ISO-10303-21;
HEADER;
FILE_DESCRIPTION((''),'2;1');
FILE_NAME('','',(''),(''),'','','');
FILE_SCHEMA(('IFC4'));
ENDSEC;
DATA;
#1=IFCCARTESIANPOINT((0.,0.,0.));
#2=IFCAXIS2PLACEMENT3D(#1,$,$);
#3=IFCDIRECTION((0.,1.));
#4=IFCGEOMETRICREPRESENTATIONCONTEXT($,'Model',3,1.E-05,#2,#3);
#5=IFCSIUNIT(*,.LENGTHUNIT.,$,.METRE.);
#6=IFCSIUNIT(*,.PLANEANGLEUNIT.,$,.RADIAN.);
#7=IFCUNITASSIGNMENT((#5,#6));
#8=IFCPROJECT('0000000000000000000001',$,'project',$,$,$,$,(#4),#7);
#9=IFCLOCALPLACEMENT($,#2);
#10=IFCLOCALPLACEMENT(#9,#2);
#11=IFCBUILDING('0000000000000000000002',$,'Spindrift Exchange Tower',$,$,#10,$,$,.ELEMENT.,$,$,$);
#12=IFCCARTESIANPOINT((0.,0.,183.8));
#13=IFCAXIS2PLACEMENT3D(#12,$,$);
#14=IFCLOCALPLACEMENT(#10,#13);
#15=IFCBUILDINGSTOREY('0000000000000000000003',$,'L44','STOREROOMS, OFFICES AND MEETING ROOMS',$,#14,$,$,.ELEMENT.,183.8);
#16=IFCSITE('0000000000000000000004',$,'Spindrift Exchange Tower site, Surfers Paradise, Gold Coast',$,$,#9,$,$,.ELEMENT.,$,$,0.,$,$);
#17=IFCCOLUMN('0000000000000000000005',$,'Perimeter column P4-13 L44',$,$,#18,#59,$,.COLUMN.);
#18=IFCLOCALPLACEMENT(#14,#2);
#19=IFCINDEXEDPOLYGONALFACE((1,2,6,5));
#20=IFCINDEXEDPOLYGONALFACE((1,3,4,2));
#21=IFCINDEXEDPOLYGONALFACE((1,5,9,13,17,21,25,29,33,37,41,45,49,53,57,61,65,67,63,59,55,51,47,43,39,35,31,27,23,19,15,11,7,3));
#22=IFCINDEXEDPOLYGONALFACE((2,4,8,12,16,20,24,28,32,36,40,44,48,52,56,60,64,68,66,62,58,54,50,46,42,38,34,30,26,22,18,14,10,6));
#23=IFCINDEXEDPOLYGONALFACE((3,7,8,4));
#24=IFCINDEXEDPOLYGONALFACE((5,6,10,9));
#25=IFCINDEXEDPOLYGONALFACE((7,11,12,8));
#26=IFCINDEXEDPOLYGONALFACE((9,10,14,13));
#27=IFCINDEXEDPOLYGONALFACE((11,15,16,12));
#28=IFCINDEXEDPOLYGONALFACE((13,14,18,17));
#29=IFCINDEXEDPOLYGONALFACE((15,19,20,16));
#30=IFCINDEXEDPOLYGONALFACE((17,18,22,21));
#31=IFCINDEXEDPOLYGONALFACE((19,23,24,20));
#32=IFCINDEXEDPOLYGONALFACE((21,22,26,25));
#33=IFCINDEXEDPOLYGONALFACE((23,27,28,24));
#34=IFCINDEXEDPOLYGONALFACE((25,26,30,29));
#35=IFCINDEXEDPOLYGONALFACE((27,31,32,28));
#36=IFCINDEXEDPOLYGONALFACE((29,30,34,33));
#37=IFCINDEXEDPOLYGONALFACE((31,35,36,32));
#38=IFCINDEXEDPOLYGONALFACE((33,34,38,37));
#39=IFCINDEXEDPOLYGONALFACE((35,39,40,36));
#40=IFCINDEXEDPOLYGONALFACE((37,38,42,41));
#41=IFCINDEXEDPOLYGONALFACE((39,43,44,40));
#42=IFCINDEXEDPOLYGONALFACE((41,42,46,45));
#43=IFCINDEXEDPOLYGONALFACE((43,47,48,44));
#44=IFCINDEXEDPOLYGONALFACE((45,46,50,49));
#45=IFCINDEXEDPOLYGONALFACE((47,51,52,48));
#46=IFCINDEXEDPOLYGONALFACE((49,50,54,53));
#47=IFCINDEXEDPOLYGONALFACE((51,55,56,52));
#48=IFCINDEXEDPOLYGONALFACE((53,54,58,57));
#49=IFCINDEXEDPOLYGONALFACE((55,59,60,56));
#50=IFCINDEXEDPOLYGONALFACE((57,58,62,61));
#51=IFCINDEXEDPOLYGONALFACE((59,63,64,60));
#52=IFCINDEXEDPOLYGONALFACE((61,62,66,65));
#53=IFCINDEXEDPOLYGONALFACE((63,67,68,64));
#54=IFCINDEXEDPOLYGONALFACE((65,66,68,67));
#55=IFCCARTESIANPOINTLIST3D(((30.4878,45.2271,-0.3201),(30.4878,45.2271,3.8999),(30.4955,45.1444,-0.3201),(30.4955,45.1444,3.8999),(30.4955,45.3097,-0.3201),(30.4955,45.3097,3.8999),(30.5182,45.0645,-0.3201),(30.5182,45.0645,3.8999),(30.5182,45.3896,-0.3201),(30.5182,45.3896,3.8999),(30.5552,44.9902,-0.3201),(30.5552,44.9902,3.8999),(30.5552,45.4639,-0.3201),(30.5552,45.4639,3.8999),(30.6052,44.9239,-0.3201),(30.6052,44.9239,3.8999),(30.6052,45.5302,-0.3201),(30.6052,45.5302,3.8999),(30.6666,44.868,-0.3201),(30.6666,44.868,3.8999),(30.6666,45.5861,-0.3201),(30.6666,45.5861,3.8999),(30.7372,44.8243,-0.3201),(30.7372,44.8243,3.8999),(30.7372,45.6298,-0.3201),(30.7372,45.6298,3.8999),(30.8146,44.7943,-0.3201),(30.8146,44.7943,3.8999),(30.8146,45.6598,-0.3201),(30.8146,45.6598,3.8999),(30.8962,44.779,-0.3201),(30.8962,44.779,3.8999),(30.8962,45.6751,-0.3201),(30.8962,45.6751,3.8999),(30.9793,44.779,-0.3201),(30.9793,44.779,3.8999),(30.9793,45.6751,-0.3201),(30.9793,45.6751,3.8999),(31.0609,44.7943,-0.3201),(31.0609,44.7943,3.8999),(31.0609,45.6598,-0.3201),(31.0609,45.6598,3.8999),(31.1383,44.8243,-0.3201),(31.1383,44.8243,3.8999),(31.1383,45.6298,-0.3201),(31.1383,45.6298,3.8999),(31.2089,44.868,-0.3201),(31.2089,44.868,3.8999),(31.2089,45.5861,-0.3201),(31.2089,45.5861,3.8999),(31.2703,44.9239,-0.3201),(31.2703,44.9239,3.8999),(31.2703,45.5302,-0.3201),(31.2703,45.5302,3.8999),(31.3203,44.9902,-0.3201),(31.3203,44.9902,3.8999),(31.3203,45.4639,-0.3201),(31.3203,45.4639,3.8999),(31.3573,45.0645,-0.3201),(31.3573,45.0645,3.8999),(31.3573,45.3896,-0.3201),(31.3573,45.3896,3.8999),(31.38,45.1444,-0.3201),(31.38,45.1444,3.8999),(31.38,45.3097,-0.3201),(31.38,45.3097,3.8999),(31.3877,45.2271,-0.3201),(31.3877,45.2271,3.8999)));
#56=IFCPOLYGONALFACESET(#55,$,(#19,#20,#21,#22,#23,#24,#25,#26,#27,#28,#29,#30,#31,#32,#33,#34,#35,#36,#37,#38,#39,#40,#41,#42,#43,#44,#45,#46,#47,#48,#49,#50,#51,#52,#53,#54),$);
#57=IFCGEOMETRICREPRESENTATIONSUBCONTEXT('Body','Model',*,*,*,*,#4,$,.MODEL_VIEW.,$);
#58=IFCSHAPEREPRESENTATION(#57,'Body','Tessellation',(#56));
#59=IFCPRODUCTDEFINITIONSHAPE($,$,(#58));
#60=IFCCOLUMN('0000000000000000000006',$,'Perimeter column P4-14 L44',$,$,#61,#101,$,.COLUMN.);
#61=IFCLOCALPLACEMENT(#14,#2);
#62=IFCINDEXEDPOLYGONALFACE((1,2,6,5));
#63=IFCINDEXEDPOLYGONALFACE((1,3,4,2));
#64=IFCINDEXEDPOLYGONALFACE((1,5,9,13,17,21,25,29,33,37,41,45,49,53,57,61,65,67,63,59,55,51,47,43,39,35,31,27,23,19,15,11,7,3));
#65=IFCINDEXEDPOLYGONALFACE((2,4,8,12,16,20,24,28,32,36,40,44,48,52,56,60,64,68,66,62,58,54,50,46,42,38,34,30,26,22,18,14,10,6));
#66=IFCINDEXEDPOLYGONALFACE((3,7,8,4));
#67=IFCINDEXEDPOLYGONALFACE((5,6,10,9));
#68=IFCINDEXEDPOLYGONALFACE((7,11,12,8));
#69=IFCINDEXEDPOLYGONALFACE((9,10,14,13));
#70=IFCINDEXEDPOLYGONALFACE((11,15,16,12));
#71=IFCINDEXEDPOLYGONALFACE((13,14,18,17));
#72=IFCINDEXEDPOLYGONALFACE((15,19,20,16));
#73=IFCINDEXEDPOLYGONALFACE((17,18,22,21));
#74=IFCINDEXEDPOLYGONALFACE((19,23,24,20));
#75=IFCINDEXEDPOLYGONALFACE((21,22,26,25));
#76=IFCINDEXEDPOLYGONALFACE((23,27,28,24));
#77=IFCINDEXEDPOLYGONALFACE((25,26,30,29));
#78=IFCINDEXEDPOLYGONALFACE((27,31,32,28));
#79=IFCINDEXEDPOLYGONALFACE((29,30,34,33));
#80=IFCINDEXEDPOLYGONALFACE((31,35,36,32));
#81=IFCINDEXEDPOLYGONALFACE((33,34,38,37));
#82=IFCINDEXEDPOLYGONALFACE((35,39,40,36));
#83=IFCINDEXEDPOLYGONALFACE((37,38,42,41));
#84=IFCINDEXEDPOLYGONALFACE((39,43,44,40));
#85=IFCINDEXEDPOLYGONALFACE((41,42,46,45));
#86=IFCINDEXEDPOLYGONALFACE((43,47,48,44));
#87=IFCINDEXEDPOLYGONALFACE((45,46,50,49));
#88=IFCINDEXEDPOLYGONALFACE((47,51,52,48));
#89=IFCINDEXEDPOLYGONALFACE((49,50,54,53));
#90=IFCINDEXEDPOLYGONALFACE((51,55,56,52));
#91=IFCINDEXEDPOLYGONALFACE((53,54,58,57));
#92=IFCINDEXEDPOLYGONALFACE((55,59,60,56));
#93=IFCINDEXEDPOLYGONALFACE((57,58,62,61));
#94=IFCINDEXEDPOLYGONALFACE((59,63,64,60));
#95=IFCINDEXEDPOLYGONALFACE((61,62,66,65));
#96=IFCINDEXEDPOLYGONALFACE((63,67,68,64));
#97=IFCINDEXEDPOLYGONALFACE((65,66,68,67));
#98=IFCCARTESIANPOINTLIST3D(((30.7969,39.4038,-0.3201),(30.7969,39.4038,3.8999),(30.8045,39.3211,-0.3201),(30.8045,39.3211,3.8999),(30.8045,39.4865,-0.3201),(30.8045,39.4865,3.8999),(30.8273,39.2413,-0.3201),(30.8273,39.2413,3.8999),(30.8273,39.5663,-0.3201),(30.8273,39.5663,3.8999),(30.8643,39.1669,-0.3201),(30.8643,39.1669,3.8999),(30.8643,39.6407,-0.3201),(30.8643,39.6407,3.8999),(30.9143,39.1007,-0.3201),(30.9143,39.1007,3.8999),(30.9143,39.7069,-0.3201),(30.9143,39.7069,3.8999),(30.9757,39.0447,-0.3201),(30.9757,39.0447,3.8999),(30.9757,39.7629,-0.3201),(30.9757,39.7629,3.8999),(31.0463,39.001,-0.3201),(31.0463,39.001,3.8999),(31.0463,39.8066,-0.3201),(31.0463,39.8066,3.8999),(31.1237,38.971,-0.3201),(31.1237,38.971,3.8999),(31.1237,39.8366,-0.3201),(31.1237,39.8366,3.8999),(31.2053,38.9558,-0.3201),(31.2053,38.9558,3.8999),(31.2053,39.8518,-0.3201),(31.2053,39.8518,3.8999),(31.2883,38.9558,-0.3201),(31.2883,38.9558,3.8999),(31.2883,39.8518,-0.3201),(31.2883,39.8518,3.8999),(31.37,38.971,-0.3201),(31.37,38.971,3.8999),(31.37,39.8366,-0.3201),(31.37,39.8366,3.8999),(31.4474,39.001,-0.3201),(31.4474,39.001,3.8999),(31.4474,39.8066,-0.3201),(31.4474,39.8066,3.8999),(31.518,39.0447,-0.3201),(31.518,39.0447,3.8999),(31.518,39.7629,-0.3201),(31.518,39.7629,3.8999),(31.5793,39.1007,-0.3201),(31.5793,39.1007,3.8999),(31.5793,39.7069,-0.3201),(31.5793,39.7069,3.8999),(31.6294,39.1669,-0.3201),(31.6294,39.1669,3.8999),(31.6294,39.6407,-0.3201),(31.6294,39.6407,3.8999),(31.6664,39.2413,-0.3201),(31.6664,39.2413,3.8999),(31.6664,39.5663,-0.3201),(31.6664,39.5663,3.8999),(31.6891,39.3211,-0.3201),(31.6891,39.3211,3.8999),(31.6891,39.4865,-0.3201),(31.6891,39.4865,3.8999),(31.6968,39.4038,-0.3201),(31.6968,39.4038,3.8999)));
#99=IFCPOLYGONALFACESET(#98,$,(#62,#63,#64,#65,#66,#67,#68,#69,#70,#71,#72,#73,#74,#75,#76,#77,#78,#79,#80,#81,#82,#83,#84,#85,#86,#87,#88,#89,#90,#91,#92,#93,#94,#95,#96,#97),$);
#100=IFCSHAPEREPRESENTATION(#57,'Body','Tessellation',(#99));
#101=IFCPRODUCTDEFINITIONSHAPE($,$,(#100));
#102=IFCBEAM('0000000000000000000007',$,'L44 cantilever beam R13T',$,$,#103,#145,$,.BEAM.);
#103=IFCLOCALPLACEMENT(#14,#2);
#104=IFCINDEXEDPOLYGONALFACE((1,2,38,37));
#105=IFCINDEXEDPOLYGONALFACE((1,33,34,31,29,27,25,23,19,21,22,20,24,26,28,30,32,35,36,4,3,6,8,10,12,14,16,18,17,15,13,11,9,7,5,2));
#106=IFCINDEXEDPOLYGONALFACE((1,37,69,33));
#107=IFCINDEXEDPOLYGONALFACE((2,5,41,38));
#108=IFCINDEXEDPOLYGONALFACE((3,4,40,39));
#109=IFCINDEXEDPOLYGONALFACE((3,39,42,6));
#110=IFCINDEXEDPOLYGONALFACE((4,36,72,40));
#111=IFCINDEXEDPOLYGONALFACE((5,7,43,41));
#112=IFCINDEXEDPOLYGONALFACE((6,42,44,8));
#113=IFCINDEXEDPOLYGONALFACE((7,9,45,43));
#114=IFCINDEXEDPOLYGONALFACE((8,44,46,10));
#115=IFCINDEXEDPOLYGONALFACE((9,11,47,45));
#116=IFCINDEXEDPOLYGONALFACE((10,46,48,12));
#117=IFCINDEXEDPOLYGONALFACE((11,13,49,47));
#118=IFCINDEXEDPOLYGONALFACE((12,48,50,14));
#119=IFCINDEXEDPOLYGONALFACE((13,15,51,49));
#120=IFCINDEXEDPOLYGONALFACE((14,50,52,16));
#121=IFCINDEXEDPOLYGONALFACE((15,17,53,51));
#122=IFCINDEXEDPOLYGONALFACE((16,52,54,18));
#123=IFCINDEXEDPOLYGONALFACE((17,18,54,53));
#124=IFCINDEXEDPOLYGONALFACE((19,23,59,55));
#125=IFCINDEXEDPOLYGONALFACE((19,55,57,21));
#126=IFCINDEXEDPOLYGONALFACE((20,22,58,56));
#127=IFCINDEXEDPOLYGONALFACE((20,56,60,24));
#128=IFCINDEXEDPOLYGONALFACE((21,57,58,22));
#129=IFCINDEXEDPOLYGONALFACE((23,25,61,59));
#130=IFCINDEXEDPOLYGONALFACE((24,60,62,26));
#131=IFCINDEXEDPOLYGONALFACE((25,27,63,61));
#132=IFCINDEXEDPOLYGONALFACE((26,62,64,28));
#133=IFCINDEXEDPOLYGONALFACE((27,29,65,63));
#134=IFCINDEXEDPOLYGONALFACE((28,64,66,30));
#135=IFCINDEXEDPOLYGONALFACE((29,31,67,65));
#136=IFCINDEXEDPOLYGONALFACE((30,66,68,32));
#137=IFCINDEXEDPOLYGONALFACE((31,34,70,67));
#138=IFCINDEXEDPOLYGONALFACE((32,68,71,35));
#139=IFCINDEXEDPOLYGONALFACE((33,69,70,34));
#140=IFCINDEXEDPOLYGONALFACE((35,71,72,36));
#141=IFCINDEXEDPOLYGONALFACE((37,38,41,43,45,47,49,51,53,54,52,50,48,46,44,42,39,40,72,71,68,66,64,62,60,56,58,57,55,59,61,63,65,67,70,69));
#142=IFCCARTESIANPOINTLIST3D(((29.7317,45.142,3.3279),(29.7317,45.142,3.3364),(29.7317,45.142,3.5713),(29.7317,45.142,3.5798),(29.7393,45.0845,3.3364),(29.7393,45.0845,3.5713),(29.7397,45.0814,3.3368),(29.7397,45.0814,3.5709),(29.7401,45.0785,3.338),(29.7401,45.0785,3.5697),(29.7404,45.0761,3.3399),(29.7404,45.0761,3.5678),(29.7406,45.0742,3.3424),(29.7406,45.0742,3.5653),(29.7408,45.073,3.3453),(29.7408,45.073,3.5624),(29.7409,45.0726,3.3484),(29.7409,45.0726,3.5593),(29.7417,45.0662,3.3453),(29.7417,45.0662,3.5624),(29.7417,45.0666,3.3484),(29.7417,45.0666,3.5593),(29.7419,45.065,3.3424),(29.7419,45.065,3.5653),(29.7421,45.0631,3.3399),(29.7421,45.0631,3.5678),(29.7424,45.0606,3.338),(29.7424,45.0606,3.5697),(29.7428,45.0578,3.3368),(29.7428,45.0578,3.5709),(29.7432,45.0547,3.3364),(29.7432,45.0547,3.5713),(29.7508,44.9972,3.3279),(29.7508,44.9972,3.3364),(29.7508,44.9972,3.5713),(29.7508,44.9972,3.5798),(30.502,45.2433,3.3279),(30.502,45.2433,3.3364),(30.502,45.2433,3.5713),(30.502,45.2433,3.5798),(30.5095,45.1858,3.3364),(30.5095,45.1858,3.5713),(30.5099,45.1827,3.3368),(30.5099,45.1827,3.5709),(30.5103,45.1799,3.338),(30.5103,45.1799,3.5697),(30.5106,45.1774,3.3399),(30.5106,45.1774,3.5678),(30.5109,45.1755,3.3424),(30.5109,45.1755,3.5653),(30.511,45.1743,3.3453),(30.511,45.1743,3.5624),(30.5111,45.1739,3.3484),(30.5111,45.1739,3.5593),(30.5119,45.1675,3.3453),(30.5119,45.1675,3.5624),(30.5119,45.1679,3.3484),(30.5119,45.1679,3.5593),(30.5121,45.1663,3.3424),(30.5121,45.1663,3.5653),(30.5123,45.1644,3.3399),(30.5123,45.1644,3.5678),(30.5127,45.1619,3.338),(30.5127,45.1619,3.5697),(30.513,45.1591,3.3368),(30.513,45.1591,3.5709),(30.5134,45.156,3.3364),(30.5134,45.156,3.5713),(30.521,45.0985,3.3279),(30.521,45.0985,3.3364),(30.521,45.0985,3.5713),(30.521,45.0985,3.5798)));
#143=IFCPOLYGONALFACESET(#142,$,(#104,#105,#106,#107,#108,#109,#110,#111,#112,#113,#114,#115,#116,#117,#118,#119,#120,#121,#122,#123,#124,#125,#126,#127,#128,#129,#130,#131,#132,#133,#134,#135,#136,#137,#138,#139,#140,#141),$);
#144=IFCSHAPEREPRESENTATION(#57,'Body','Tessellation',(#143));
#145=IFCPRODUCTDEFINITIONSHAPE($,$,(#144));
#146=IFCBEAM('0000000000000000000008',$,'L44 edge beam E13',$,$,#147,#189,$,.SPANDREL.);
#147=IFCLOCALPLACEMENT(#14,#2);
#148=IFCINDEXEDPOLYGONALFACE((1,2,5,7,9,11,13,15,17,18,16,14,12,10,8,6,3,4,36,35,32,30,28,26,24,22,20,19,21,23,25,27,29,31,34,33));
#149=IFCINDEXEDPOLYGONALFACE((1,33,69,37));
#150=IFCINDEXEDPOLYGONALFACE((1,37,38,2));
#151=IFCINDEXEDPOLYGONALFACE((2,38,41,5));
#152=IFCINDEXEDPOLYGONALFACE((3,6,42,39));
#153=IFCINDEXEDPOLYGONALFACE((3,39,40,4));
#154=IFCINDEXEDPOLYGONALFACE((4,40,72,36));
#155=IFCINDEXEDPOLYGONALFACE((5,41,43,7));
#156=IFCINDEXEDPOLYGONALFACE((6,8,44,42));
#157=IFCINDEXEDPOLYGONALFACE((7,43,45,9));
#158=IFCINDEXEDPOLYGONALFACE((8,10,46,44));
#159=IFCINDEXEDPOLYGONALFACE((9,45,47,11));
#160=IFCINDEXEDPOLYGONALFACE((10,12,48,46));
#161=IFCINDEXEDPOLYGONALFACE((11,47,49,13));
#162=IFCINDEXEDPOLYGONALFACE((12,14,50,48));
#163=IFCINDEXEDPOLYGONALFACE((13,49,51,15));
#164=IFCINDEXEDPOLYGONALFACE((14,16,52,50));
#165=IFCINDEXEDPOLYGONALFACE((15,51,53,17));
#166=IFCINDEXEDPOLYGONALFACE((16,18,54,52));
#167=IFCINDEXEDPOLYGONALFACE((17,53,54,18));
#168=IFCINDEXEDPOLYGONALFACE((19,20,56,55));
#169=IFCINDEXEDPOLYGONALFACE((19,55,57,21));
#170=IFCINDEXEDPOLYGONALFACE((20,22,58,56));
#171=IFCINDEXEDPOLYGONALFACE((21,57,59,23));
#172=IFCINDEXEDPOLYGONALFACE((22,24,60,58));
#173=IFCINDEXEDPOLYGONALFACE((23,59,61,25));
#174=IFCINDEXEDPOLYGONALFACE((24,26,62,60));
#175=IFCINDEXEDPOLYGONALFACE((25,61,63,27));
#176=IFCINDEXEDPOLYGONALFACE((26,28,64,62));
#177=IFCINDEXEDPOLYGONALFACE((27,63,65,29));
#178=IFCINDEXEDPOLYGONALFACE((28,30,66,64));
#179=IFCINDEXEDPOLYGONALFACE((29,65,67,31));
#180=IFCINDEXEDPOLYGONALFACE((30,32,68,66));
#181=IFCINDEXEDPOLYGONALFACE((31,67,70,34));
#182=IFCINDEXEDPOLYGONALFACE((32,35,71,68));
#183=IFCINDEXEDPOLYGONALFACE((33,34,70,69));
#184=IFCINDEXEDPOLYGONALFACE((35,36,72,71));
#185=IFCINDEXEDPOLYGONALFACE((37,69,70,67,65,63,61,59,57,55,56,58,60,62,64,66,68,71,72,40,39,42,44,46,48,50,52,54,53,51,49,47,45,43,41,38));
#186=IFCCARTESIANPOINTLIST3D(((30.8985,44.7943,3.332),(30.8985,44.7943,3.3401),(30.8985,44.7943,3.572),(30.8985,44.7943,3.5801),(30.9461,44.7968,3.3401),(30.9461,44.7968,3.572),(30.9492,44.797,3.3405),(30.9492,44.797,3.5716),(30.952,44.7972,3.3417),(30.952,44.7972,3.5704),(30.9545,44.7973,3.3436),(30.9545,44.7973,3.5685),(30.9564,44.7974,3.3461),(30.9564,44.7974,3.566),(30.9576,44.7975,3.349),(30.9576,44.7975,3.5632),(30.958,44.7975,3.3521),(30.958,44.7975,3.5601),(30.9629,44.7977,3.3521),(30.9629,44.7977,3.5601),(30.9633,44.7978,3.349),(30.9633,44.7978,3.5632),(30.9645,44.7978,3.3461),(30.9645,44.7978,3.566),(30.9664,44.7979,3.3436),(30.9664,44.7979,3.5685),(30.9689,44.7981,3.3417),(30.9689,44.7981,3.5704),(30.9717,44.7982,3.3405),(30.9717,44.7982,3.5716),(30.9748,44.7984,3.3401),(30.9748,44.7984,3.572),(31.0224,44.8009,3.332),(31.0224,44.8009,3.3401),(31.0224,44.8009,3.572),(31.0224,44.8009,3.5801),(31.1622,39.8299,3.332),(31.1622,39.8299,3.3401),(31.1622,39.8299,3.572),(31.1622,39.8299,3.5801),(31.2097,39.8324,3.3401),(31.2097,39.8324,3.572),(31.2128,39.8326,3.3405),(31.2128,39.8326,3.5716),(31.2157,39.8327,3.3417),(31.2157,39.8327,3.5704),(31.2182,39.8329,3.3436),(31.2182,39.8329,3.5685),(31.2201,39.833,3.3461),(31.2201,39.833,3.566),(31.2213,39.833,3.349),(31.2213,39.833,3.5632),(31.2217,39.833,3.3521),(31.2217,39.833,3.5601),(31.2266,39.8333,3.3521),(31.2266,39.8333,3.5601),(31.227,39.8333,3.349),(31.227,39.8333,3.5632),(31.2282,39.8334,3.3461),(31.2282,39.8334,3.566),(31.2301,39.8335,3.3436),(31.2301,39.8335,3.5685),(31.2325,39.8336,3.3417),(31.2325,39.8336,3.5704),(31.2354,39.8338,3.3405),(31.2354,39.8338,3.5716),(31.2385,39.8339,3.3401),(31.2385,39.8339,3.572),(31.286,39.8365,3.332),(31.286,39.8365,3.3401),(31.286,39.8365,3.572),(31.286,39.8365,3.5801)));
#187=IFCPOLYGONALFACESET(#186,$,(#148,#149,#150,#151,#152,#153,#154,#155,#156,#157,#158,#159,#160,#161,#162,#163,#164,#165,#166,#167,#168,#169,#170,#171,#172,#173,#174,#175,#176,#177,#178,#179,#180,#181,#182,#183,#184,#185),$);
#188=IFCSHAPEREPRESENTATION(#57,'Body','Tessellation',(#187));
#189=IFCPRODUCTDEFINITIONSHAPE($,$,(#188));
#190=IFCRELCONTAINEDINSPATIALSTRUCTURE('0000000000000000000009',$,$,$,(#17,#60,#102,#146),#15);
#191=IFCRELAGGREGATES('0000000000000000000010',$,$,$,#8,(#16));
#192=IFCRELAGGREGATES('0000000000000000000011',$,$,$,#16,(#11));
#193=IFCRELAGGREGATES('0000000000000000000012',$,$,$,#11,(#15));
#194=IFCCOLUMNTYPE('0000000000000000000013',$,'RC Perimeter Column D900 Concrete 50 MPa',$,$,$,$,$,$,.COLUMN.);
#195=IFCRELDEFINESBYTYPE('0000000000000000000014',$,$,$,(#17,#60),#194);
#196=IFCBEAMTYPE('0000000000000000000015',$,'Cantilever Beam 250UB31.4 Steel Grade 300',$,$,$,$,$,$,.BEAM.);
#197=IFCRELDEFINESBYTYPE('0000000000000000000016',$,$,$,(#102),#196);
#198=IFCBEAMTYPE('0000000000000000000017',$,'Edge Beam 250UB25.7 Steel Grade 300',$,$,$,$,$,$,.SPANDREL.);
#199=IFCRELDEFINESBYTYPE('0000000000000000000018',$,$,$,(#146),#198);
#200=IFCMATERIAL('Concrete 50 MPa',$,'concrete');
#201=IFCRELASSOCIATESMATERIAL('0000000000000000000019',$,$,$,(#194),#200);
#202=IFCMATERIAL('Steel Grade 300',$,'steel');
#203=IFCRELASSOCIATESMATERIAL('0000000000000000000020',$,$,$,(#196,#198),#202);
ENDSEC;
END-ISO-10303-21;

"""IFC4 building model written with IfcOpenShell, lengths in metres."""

from ifc_helpers import new_model, si_unit, direction, frame, origin, origin_2d, place, context, subcontext, project, spatial, circle, i_section, extrude, source, transform, mapped, material, material_profile, profile_set, type_object, element, save


model = new_model("IFC4")

# Units and contexts
model_context = context("Model", 3, precision=1e-05, world=origin(), true_north=direction((0.0, 1.0)))
body_context = subcontext(model_context, "Body", "Model", "MODEL_VIEW")
ifc_project = project(units=[si_unit("LENGTHUNIT", "METRE"), si_unit("PLANEANGLEUNIT", "RADIAN")], contexts=[model_context])

# Site, building, storey
site_placement = place(None, origin())
site = spatial("IfcSite", under=ifc_project, at=site_placement, Name="Spindrift Exchange Tower site, Surfers Paradise, Gold Coast", CompositionType="ELEMENT", RefElevation=0.0)
building_placement = place(site_placement, origin())
building = spatial("IfcBuilding", under=site, at=building_placement, Name="Spindrift Exchange Tower", CompositionType="ELEMENT")
storey_placement = place(building_placement, frame((0.0, 0.0, 183.8)))
storey = spatial("IfcBuildingStorey", under=building, at=storey_placement, Name="L44", Description="STOREROOMS, OFFICES AND MEETING ROOMS", CompositionType="ELEMENT", Elevation=183.8)

# Columns
ifc_material_1 = material(Name="Concrete 50 MPa", Category="concrete")
ifc_material_profile_1 = material_profile(ifc_material_1, circle(Radius=0.45, at=origin_2d()), Name="RC D900")
ifc_profile_set_1 = profile_set([ifc_material_profile_1], Name="Concrete 50 MPa")
column_type = type_object("IfcColumnType", Name="RC Perimeter Column D900 Concrete 50 MPa", PredefinedType="COLUMN", material=ifc_profile_set_1)
shared_shape_1 = source(origin(), body_context, "Body", "SweptSolid", [
    extrude(circle(Radius=0.45, at=origin_2d()), origin(), (0.0, 0.0, 1.0), 4.22),
])
for number, where, z_axis, x_axis, name in (
    (1, (30.9377, 45.2271, -0.3201), (0.0, 0.0, 1.0), (1.0, 0.0, 0.0), "Perimeter column P4-13 L44"),
    (2, (31.2468, 39.4038, -0.3201), (0.0, 0.0, 1.0), (1.0, 0.0, 0.0), "Perimeter column P4-14 L44"),
):
    element("IfcColumn", number, at=place(storey_placement, frame(where, z_axis=z_axis, x_axis=x_axis)), inside=storey, type_object=column_type, Name=name, PredefinedType="COLUMN", context=body_context, shape_type="MappedRepresentation", body=[
        mapped(shared_shape_1, transform((0.0, 0.0, 0.0), scale=1.0)),
    ])

# Beams
ifc_material_2 = material(Name="Steel Grade 300", Category="steel")
ifc_material_profile_2 = material_profile(ifc_material_2, i_section(OverallWidth=0.146, OverallDepth=0.252, WebThickness=0.0061, FlangeThickness=0.0085, FilletRadius=0.012, at=origin_2d()), Name="250UB31.4")
ifc_profile_set_2 = profile_set([ifc_material_profile_2], Name="Steel Grade 300")
beam_type_1 = type_object("IfcBeamType", Name="Cantilever Beam 250UB31.4 Steel Grade 300", PredefinedType="BEAM", material=ifc_profile_set_2)
shared_shape_2 = source(origin(), body_context, "Body", "SweptSolid", [
    extrude(i_section(OverallWidth=0.146, OverallDepth=0.252, WebThickness=0.0061, FlangeThickness=0.0085, FilletRadius=0.012, at=origin_2d()), origin(), (0.0, 0.0, 1.0), 0.7769),
])
beam_1_placement = place(storey_placement, frame((30.5115, 45.1709, 3.4539), z_axis=(-0.99146, -0.130414, 0.0), x_axis=(0.130414, -0.99146, 0.0)))
element("IfcBeam", 3, at=beam_1_placement, inside=storey, type_object=beam_type_1, Name="L44 cantilever beam R13T", PredefinedType="BEAM", context=body_context, shape_type="MappedRepresentation", body=[
    mapped(shared_shape_2, transform((0.0, 0.0, 0.0), scale=1.0)),
])
ifc_material_profile_3 = material_profile(ifc_material_2, i_section(OverallWidth=0.124, OverallDepth=0.248, WebThickness=0.0049, FlangeThickness=0.0081, FilletRadius=0.012, at=origin_2d()), Name="250UB25.7")
ifc_profile_set_3 = profile_set([ifc_material_profile_3], Name="Steel Grade 300")
beam_type_2 = type_object("IfcBeamType", Name="Edge Beam 250UB25.7 Steel Grade 300", PredefinedType="SPANDREL", material=ifc_profile_set_3)
shared_shape_3 = source(origin(), body_context, "Body", "SweptSolid", [
    extrude(i_section(OverallWidth=0.124, OverallDepth=0.248, WebThickness=0.0049, FlangeThickness=0.0081, FilletRadius=0.012, at=origin_2d()), origin(), (0.0, 0.0, 1.0), 4.9714),
])
beam_2_placement = place(storey_placement, frame((30.9604, 44.7976, 3.4561), z_axis=(0.053038, -0.998592, 0.0), x_axis=(0.998592, 0.053038, 0.0)))
element("IfcBeam", 4, at=beam_2_placement, inside=storey, type_object=beam_type_2, Name="L44 edge beam E13", PredefinedType="SPANDREL", context=body_context, shape_type="MappedRepresentation", body=[
    mapped(shared_shape_3, transform((0.0, 0.0, 0.0), scale=1.0)),
])

save(model, "model.ifc")
